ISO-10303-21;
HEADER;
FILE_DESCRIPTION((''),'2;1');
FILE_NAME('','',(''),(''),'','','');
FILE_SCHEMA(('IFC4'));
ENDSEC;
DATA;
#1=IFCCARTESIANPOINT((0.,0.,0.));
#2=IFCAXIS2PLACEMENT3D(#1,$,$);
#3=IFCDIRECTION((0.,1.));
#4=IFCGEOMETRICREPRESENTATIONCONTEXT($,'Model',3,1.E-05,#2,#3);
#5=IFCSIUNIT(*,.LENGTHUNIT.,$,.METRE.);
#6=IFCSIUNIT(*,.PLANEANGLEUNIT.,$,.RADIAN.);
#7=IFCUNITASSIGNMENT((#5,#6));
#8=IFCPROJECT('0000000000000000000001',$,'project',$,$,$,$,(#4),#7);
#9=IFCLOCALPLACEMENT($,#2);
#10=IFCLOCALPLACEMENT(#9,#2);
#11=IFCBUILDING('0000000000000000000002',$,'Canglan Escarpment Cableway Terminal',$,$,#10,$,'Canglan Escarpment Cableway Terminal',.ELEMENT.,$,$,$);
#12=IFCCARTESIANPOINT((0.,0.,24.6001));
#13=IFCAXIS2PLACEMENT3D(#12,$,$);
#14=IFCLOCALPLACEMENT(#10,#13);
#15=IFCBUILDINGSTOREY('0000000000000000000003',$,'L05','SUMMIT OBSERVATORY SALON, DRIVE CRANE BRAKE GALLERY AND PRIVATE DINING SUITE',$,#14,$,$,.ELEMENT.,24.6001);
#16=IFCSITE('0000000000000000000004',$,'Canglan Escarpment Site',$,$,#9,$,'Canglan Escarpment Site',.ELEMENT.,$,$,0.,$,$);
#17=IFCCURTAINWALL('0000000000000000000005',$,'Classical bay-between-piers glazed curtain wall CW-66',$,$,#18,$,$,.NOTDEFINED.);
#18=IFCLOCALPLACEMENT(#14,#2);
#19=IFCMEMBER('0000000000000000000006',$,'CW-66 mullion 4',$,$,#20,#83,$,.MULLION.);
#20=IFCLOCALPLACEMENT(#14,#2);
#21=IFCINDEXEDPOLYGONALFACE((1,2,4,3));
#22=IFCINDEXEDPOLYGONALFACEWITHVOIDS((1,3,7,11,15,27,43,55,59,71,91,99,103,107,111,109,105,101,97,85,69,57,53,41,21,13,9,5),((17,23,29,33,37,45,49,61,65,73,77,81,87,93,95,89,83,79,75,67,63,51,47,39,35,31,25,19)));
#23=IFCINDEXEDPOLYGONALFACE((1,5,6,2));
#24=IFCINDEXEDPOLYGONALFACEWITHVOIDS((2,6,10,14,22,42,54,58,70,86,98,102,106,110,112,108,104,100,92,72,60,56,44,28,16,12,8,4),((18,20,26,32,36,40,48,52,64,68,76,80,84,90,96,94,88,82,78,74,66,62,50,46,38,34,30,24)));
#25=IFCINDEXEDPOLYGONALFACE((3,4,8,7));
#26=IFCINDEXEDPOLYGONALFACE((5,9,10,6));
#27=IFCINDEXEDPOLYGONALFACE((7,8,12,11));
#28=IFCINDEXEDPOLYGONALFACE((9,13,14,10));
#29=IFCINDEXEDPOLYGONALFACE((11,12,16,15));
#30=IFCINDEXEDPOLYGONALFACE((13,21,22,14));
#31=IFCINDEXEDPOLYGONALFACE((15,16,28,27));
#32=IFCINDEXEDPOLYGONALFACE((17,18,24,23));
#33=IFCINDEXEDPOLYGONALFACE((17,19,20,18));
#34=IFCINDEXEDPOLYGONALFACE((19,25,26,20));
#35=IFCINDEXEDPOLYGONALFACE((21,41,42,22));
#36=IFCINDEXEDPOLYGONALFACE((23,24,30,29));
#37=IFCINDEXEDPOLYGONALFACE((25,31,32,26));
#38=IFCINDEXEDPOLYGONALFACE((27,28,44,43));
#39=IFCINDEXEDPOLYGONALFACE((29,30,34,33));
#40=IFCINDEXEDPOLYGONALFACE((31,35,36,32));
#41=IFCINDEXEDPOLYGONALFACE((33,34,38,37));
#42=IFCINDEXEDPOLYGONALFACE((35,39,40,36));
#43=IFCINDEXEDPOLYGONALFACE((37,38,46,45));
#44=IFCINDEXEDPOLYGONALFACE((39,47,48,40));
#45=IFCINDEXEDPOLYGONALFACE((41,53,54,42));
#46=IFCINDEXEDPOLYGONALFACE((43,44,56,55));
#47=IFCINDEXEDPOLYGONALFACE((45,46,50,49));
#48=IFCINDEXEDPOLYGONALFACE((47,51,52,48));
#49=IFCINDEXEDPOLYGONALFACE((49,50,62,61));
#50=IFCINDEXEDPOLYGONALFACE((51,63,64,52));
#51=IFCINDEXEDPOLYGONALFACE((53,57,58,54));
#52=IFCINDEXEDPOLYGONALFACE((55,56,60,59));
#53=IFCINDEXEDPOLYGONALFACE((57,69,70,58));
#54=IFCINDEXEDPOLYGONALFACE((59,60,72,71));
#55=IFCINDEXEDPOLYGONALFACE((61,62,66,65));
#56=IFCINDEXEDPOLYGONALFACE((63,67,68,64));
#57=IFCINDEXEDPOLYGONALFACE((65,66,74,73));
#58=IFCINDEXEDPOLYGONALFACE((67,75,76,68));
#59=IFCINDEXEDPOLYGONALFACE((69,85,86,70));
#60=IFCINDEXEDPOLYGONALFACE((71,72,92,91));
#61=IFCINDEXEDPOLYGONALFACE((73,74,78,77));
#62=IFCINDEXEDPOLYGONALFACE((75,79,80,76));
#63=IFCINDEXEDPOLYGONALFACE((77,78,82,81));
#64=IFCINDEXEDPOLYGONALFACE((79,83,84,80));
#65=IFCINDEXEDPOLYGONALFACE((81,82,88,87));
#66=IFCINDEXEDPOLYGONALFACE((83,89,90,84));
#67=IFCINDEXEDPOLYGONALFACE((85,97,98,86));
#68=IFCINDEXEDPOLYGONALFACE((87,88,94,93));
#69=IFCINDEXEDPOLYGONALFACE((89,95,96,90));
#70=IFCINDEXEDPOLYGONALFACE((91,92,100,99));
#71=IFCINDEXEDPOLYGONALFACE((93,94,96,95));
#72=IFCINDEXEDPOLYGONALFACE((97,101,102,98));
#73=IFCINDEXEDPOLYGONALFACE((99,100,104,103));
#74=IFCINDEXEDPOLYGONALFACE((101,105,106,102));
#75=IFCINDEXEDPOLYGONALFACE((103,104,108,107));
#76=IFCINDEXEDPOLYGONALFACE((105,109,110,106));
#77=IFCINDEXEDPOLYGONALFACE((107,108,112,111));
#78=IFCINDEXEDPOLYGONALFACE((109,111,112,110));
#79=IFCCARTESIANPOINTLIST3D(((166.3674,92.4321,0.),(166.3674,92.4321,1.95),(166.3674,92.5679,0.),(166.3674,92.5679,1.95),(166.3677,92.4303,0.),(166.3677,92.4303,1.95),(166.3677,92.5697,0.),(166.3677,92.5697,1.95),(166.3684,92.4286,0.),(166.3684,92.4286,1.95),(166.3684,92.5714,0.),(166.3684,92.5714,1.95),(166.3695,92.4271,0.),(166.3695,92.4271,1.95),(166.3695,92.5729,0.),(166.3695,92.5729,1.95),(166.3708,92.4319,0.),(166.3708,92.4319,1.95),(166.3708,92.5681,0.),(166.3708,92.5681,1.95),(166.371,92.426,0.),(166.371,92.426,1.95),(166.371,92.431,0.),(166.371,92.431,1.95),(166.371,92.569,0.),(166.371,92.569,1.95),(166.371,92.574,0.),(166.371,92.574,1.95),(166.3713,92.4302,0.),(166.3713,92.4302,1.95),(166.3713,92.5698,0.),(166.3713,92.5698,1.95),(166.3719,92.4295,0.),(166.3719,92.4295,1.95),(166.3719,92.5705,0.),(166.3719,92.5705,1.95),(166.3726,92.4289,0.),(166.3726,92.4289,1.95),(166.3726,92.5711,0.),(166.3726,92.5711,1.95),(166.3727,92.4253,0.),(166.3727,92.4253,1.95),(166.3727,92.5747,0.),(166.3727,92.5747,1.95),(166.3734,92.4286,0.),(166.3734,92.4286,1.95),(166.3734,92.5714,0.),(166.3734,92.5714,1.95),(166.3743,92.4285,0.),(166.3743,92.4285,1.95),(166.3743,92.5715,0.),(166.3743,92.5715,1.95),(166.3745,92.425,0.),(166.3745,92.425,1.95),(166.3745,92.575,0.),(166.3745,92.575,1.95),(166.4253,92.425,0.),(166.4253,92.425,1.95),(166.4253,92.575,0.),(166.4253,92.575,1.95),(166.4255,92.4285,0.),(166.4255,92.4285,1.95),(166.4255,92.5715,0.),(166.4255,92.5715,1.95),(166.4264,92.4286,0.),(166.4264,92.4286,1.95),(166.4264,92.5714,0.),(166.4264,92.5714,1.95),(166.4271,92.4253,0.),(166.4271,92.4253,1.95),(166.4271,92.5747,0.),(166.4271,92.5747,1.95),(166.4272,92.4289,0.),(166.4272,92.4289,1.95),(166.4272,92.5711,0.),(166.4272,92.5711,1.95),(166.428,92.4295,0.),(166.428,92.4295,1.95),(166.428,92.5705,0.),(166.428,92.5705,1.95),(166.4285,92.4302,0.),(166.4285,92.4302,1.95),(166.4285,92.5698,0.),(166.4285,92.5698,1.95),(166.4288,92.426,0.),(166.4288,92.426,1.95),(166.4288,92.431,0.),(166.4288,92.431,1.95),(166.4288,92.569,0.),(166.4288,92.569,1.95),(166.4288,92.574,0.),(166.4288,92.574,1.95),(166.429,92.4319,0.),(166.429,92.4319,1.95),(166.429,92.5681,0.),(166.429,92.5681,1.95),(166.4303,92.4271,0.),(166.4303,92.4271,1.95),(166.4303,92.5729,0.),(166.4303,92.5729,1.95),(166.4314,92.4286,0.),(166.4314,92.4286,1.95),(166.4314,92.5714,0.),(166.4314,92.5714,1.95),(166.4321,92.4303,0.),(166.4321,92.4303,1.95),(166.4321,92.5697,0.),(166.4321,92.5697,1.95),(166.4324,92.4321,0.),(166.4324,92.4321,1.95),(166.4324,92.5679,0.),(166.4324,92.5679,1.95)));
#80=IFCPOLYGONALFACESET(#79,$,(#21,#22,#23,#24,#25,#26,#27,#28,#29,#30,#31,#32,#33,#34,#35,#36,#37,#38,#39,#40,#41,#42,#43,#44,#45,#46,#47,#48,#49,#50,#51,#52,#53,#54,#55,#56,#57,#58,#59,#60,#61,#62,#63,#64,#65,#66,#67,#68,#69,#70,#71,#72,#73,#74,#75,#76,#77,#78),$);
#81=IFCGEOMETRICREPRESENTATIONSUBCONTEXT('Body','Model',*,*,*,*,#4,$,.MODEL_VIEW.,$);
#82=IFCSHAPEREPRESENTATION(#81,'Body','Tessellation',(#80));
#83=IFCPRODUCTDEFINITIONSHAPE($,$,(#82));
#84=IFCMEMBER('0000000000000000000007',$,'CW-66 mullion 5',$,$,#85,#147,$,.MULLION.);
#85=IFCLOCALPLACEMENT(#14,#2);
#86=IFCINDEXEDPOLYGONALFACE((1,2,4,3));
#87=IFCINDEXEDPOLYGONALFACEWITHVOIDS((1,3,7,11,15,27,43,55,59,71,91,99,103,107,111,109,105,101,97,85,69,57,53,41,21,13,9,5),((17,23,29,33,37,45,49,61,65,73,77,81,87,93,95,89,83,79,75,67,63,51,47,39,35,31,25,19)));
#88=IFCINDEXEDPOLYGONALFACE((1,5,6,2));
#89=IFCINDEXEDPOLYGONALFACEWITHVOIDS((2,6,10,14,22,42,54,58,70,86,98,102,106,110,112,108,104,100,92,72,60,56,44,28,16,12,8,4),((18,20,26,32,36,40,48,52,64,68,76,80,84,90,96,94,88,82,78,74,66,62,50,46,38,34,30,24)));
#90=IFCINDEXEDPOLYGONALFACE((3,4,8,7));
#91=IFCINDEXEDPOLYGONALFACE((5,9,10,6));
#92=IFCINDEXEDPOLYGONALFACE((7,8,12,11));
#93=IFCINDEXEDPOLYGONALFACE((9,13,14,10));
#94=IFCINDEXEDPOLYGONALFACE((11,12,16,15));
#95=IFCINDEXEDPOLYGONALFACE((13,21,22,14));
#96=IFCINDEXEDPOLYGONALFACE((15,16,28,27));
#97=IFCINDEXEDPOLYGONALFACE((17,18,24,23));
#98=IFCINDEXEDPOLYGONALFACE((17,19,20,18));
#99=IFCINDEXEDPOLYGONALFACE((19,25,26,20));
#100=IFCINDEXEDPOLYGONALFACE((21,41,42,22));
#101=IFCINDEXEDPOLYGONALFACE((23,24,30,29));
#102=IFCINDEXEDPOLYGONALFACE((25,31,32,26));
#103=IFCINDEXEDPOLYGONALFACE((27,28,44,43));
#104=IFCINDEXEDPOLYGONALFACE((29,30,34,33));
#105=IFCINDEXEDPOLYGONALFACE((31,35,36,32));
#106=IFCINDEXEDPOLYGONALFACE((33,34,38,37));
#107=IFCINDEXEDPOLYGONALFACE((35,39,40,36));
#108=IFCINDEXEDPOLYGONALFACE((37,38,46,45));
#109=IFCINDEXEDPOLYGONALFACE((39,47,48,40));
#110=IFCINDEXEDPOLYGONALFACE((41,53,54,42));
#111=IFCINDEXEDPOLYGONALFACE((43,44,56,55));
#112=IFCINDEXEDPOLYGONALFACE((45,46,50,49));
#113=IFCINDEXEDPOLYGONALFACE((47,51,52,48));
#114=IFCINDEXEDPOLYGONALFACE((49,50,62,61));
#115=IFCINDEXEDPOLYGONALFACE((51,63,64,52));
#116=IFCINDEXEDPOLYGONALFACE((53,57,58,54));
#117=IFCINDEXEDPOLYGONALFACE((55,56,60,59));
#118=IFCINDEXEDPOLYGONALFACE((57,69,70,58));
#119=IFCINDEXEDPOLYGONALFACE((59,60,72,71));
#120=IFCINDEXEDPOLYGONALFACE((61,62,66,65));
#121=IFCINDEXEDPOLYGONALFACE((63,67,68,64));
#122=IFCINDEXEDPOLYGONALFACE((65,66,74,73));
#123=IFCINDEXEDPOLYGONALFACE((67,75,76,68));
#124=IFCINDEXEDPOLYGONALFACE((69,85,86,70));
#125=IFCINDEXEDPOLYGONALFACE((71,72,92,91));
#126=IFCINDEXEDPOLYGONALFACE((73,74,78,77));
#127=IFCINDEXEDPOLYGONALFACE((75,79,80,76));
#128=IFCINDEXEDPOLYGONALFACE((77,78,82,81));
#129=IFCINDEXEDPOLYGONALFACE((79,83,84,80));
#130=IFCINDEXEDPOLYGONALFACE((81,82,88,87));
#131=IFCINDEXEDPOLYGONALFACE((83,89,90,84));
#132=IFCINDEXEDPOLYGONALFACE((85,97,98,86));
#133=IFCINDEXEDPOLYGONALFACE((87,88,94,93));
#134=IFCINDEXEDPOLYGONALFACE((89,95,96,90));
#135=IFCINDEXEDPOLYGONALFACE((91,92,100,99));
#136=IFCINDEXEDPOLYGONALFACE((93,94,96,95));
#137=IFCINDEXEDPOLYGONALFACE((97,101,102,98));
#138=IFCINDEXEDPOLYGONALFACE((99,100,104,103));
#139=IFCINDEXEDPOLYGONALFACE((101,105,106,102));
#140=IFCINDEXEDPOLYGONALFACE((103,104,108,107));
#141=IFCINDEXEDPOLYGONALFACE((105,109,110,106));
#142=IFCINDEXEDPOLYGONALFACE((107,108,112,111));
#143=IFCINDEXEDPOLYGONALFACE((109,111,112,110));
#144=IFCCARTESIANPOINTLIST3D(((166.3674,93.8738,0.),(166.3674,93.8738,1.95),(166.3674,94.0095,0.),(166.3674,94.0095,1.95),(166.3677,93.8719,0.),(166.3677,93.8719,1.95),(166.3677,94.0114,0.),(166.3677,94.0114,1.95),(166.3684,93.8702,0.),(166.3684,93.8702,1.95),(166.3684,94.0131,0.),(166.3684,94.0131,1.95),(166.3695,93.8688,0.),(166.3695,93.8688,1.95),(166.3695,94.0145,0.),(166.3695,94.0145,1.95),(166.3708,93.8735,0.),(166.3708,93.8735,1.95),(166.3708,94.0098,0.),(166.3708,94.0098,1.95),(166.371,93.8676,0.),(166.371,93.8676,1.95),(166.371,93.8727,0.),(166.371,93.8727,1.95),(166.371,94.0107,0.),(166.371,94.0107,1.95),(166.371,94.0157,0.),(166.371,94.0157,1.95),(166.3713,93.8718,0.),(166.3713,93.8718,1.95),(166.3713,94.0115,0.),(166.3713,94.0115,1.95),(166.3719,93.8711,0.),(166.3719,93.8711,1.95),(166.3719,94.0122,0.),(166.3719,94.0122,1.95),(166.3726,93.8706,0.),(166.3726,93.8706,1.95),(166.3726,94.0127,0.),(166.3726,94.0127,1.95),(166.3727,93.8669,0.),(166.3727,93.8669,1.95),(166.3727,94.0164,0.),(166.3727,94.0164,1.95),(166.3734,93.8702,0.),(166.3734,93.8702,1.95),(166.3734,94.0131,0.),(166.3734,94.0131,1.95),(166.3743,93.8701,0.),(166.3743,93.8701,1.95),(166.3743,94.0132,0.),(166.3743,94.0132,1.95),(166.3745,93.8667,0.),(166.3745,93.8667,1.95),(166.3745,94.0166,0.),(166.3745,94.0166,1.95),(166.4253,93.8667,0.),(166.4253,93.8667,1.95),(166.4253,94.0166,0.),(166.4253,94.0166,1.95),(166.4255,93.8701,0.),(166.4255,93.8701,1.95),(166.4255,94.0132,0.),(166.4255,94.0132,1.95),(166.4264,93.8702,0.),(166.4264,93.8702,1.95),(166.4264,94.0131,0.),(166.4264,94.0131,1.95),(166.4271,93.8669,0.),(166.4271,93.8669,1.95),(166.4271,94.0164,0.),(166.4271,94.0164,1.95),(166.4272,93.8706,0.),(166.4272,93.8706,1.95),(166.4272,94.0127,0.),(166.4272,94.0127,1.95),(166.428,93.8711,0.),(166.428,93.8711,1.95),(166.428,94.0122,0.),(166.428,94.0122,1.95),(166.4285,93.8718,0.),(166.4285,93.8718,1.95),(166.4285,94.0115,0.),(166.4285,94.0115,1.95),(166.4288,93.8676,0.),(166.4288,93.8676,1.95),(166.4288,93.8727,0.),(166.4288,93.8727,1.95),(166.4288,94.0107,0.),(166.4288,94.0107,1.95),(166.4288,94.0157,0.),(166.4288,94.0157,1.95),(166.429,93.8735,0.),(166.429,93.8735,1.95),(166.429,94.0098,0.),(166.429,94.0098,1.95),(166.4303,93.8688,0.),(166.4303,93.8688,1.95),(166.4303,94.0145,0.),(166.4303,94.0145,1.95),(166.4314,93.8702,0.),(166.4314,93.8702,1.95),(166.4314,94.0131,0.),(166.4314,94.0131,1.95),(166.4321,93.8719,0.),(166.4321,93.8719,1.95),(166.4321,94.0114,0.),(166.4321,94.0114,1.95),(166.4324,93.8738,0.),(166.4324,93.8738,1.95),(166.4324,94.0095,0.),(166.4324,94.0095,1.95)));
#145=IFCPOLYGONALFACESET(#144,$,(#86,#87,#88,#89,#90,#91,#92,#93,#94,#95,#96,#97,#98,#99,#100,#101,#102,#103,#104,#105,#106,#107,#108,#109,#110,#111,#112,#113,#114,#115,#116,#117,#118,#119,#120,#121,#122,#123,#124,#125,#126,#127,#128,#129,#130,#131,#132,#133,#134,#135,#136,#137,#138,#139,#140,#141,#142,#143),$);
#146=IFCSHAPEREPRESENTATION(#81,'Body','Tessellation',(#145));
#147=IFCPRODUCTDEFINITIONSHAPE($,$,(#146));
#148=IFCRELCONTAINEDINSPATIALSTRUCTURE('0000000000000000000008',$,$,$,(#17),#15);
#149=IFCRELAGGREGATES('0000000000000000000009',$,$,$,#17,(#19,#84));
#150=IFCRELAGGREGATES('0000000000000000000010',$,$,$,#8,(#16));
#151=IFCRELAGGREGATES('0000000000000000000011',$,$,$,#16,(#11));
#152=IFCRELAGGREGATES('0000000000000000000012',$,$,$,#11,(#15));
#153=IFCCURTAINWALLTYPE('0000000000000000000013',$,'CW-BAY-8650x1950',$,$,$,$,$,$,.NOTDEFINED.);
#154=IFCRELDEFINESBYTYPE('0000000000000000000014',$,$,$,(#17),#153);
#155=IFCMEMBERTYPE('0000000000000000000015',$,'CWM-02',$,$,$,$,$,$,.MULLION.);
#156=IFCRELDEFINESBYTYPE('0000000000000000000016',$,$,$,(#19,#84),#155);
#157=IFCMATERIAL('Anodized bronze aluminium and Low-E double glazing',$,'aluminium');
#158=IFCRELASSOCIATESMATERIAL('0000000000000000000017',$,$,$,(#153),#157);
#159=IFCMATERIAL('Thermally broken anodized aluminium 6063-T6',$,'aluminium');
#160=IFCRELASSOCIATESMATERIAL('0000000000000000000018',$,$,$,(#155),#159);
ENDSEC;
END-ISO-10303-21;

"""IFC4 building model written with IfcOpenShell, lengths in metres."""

from ifc_helpers import new_model, si_unit, direction, frame, origin, origin_2d, place, context, subcontext, project, spatial, hollow_rectangle, extrude, material, material_profile, profile_set, type_object, element, aggregate, save


model = new_model("IFC4")

# Units and contexts
model_context = context("Model", 3, precision=1e-05, world=origin(), true_north=direction((0.0, 1.0)))
body_context = subcontext(model_context, "Body", "Model", "MODEL_VIEW")
ifc_project = project(units=[si_unit("LENGTHUNIT", "METRE"), si_unit("PLANEANGLEUNIT", "RADIAN")], contexts=[model_context])

# Site, building, storey
site_placement = place(None, origin())
site = spatial("IfcSite", under=ifc_project, at=site_placement, Name="Canglan Escarpment Site", LongName="Canglan Escarpment Site", CompositionType="ELEMENT", RefElevation=0.0)
building_placement = place(site_placement, origin())
building = spatial("IfcBuilding", under=site, at=building_placement, Name="Canglan Escarpment Cableway Terminal", LongName="Canglan Escarpment Cableway Terminal", CompositionType="ELEMENT")
storey_placement = place(building_placement, frame((0.0, 0.0, 24.6001)))
storey = spatial("IfcBuildingStorey", under=building, at=storey_placement, Name="L05", Description="SUMMIT OBSERVATORY SALON, DRIVE CRANE BRAKE GALLERY AND PRIVATE DINING SUITE", CompositionType="ELEMENT", Elevation=24.6001)

# Curtain wall, members
ifc_material_1 = material(Name="Anodized bronze aluminium and Low-E double glazing", Category="aluminium")
curtain_wall_type = type_object("IfcCurtainWallType", Name="CW-BAY-8650x1950", PredefinedType="NOTDEFINED", material=ifc_material_1)
curtain_wall_1_placement = place(storey_placement, origin())
curtain_wall_1 = element("IfcCurtainWall", 1, at=curtain_wall_1_placement, inside=storey, type_object=curtain_wall_type, Name="Classical bay-between-piers glazed curtain wall CW-66", PredefinedType="NOTDEFINED")
ifc_material_2 = material(Name="Thermally broken anodized aluminium 6063-T6", Category="aluminium")
ifc_material_profile_1 = material_profile(ifc_material_2, hollow_rectangle(XDim=0.0649, YDim=0.1499, WallThickness=0.0034, InnerFilletRadius=0.0034, OuterFilletRadius=0.0071, at=origin_2d()), Name="ALU-MULL 65x150x3.5")
ifc_profile_set_1 = profile_set([ifc_material_profile_1], Name="Thermally broken anodized aluminium 6063-T6")
member_type_1 = type_object("IfcMemberType", Name="CWM-02", PredefinedType="MULLION", material=ifc_profile_set_1)
member_1_placement = place(storey_placement, frame((166.3999, 92.5, 0.0), z_axis=(0.0, 0.0, 1.0), x_axis=(-1.0, 0.0, 0.0)))
member_1 = element("IfcMember", 2, at=member_1_placement, type_object=member_type_1, Name="CW-66 mullion 4", PredefinedType="MULLION", context=body_context, shape_type="SweptSolid", body=[
    extrude(hollow_rectangle(XDim=0.0649, YDim=0.1499, WallThickness=0.0034, InnerFilletRadius=0.0034, OuterFilletRadius=0.0071, at=origin_2d()), origin(), (0.0, 0.0, 1.0), 1.95),
])
member_2_placement = place(storey_placement, frame((166.3999, 93.9417, 0.0), z_axis=(0.0, 0.0, 1.0), x_axis=(-1.0, 0.0, 0.0)))
member_2 = element("IfcMember", 3, at=member_2_placement, type_object=member_type_1, Name="CW-66 mullion 5", PredefinedType="MULLION", context=body_context, shape_type="SweptSolid", body=[
    extrude(hollow_rectangle(XDim=0.0649, YDim=0.1499, WallThickness=0.0034, InnerFilletRadius=0.0034, OuterFilletRadius=0.0071, at=origin_2d()), origin(), (0.0, 0.0, 1.0), 1.95),
])

aggregate(curtain_wall_1, [member_1, member_2])

save(model, "model.ifc")
